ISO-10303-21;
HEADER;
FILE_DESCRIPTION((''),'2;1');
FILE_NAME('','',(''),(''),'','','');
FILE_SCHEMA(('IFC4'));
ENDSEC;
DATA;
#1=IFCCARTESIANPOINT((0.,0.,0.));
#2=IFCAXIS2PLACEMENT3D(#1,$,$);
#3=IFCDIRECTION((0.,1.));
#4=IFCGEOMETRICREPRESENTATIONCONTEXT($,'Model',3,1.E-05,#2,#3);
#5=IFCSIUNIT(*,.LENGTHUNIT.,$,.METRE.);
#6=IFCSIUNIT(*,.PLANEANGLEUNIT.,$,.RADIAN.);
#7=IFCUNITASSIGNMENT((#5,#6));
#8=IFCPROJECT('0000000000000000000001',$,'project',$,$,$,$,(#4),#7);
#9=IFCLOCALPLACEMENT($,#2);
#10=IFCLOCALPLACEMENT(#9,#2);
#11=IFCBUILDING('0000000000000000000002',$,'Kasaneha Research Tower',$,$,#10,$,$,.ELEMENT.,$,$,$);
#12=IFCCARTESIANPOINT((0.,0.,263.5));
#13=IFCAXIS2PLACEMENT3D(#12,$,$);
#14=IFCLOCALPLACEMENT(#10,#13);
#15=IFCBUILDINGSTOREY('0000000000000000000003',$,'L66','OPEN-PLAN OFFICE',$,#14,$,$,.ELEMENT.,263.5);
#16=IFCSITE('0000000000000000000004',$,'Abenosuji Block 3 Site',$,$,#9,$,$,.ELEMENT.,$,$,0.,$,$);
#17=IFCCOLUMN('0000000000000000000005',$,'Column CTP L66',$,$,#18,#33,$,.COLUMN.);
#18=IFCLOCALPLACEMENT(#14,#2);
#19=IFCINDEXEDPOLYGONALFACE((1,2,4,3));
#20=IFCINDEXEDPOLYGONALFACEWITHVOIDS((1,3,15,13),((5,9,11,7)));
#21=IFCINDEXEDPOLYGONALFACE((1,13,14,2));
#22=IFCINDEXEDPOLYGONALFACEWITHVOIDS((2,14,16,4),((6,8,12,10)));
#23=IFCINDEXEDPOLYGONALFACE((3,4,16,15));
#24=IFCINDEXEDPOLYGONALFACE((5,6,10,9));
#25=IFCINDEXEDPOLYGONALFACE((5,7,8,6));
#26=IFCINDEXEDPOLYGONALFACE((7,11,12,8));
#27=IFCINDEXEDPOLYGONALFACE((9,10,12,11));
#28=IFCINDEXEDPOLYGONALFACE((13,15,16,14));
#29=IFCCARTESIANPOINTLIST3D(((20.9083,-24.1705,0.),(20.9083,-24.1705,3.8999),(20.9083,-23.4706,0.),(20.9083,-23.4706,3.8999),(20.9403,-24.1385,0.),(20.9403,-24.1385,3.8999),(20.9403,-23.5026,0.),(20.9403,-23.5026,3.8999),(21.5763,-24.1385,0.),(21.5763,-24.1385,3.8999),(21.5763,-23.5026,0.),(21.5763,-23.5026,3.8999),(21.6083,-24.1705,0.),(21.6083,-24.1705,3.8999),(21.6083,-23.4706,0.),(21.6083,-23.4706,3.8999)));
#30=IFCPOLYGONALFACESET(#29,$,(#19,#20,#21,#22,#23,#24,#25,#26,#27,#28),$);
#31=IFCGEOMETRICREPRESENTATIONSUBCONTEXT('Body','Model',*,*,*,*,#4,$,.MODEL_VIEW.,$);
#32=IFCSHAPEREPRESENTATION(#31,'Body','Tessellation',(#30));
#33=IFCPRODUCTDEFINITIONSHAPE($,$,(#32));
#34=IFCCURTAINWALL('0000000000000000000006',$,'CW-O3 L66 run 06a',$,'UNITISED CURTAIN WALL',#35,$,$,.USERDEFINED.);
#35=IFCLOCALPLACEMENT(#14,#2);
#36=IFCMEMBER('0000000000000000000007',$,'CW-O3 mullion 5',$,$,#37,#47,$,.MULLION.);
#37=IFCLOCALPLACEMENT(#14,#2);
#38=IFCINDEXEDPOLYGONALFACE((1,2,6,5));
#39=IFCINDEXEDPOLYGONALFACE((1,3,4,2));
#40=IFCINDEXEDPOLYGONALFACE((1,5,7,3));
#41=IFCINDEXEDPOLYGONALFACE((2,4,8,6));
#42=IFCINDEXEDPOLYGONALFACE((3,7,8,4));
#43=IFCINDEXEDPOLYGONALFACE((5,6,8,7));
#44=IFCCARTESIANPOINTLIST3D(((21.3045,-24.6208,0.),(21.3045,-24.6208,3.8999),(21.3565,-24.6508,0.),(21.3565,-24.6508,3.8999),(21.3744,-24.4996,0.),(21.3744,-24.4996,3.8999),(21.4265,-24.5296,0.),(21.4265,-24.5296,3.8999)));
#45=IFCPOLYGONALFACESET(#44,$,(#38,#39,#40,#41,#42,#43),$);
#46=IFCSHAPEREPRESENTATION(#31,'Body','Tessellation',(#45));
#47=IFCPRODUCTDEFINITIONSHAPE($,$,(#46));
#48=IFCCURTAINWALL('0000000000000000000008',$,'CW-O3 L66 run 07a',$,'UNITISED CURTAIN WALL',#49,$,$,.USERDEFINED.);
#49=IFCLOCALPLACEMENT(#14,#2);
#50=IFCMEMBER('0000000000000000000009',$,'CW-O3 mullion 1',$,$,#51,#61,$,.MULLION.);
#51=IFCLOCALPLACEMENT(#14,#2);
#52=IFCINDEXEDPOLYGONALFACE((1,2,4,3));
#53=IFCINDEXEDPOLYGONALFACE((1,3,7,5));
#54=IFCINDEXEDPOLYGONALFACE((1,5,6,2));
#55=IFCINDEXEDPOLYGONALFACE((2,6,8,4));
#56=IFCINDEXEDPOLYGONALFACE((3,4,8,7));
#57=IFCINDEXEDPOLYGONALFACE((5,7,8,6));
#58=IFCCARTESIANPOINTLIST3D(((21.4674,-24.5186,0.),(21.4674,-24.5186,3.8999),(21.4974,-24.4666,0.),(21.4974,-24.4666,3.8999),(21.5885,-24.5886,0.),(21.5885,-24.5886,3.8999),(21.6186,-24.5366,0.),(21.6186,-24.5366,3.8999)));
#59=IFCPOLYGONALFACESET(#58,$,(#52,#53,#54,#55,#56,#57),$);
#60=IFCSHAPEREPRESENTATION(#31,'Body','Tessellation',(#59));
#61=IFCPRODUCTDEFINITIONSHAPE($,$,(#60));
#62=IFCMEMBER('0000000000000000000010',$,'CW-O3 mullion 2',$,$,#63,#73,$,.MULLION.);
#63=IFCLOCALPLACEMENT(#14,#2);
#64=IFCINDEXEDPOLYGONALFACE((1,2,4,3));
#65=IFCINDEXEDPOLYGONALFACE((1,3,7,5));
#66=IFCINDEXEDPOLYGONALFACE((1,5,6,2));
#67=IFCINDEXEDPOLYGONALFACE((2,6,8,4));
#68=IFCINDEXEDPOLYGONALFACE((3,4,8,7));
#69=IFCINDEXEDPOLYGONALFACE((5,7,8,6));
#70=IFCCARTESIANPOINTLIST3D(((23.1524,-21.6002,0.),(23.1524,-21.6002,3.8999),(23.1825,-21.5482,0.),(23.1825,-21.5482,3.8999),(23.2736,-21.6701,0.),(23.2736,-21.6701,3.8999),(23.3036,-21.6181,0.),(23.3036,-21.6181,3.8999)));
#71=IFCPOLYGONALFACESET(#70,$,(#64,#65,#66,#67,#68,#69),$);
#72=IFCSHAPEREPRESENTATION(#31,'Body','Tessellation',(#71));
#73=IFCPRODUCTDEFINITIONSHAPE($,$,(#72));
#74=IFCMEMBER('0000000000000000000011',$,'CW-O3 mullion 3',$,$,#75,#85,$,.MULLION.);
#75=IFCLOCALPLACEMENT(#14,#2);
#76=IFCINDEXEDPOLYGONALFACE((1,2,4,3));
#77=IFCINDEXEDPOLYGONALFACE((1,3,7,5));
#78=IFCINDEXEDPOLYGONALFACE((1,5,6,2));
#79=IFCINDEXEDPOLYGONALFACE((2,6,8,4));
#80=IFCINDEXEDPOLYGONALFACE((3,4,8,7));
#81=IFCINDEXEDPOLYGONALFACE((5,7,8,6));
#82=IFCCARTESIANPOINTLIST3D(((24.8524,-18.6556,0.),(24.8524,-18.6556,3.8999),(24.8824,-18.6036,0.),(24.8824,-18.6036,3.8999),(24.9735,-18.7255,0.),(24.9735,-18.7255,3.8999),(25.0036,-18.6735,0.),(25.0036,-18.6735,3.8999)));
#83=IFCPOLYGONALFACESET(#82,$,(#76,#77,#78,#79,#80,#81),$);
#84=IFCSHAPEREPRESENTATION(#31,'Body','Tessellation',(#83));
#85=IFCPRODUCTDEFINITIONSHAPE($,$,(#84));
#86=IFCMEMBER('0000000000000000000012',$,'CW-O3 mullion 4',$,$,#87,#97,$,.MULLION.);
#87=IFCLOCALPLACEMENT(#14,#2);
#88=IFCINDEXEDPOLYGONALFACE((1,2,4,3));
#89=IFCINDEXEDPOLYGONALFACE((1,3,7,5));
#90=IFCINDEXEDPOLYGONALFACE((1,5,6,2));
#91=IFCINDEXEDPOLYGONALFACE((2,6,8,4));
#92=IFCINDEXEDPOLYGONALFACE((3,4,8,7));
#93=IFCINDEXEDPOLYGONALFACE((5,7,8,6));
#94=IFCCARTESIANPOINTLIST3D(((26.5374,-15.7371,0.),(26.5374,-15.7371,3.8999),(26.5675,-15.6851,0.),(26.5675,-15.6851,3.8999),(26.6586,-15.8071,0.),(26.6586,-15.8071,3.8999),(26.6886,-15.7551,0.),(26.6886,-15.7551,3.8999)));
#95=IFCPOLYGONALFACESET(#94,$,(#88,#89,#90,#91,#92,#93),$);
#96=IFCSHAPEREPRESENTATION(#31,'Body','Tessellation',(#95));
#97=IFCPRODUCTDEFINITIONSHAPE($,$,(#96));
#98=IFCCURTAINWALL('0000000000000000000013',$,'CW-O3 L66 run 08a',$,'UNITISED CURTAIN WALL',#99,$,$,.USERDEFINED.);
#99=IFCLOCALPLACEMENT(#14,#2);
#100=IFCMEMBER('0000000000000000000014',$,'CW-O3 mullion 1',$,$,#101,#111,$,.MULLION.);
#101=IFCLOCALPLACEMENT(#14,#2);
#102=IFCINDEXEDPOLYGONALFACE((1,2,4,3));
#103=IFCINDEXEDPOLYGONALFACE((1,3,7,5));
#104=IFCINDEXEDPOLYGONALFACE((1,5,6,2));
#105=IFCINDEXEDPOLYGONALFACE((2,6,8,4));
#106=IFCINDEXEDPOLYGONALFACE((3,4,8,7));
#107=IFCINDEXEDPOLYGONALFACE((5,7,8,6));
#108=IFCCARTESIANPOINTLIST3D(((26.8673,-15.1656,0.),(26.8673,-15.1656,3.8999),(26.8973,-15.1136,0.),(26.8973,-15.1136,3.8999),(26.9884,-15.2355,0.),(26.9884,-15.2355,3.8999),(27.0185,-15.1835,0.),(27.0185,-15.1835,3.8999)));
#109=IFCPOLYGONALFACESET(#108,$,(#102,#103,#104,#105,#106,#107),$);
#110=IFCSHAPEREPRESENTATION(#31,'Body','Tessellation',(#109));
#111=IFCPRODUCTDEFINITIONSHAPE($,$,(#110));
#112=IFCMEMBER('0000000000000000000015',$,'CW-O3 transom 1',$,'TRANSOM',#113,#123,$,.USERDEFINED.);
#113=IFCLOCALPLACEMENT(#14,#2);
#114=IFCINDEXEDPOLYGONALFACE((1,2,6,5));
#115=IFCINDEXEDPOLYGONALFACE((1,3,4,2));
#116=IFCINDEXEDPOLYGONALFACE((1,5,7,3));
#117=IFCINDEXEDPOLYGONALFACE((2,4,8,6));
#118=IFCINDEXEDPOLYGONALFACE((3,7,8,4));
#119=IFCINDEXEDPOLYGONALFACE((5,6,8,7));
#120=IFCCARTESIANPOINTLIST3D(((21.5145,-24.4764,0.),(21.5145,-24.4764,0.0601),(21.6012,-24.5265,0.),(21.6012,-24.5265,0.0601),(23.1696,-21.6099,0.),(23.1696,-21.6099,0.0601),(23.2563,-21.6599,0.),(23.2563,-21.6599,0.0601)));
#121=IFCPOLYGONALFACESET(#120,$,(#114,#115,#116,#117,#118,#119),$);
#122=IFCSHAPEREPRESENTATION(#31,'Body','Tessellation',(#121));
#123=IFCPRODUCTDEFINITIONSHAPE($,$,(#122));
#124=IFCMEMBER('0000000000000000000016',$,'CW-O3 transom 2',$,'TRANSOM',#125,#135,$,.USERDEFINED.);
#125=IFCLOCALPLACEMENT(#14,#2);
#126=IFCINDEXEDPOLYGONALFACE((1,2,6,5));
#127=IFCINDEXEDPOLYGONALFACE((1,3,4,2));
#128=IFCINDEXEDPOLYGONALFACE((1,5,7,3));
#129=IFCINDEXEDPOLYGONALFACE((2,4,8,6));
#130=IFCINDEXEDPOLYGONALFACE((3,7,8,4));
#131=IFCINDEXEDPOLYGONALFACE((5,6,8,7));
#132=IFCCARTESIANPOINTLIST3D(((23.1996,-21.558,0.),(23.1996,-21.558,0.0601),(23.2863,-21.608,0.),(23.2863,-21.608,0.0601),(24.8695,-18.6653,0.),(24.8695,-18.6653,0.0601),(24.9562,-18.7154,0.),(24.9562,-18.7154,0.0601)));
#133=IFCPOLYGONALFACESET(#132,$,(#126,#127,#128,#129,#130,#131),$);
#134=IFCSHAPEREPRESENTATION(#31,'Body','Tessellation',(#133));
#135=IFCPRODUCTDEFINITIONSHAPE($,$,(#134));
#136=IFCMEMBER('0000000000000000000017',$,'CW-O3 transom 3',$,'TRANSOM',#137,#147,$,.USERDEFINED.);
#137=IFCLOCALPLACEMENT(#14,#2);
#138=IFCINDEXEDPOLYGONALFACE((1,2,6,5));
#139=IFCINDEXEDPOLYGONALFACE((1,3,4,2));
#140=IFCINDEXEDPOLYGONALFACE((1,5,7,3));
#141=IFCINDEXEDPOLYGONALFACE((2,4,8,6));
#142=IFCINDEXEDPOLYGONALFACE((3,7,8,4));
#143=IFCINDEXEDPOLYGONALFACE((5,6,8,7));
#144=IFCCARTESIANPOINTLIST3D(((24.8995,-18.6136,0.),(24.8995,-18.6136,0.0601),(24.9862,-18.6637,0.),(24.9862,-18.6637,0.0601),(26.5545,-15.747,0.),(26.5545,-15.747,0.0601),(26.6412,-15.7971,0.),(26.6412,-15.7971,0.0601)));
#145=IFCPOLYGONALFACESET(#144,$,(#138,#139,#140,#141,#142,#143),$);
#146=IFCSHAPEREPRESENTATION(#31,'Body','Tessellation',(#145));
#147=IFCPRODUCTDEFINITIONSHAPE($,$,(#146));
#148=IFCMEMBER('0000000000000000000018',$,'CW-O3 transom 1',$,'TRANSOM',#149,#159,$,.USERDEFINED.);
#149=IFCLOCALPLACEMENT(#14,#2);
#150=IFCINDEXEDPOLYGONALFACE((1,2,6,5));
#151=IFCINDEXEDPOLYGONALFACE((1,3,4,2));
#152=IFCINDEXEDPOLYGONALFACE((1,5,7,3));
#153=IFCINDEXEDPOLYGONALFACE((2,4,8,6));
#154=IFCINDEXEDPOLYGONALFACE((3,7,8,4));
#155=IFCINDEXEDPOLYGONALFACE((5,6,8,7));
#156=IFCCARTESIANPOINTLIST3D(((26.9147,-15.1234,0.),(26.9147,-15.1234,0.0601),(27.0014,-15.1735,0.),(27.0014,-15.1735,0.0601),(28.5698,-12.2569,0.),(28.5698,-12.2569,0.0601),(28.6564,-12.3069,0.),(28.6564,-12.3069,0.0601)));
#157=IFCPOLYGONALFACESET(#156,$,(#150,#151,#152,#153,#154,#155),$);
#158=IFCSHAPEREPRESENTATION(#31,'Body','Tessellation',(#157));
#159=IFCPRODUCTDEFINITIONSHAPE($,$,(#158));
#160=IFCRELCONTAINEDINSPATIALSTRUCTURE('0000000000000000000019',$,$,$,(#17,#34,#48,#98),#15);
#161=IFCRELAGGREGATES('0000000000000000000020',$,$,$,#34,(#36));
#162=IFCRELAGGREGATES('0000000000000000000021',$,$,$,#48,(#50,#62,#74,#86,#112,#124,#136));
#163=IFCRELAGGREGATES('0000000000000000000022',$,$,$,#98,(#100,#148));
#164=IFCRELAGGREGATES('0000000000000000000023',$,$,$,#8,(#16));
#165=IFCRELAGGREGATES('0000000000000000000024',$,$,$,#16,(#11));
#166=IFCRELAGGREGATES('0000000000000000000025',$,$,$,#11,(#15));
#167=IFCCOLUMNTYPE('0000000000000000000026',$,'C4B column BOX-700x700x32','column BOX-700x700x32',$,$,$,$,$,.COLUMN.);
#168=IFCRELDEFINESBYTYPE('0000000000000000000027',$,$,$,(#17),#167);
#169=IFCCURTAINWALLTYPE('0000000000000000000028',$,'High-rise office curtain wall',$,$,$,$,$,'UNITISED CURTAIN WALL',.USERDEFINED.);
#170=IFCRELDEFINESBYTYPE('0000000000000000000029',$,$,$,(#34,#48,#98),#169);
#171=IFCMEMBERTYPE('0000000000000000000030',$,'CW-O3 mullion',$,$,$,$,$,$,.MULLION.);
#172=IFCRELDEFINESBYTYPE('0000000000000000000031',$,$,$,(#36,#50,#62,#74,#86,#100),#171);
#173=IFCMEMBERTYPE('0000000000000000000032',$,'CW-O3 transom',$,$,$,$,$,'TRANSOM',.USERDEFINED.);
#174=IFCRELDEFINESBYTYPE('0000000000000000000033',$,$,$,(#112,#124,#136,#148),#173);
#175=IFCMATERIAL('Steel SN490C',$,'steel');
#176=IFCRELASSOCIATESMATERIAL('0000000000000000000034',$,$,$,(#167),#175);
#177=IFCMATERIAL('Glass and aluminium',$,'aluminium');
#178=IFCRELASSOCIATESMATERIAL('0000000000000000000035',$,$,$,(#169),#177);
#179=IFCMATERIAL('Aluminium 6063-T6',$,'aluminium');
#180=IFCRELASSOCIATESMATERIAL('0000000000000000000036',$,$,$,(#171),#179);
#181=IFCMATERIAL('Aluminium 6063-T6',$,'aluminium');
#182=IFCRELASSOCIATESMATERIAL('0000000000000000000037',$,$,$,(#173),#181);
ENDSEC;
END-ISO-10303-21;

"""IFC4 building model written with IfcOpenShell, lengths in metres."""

from ifc_helpers import new_model, si_unit, direction, frame, origin, origin_2d, place, context, subcontext, project, spatial, rectangle, hollow_rectangle, extrude, material, material_profile, profile_set, type_object, element, aggregate, save


model = new_model("IFC4")

# Units and contexts
model_context = context("Model", 3, precision=1e-05, world=origin(), true_north=direction((0.0, 1.0)))
body_context = subcontext(model_context, "Body", "Model", "MODEL_VIEW")
ifc_project = project(units=[si_unit("LENGTHUNIT", "METRE"), si_unit("PLANEANGLEUNIT", "RADIAN")], contexts=[model_context])

# Site, building, storey
site_placement = place(None, origin())
site = spatial("IfcSite", under=ifc_project, at=site_placement, Name="Abenosuji Block 3 Site", CompositionType="ELEMENT", RefElevation=0.0)
building_placement = place(site_placement, origin())
building = spatial("IfcBuilding", under=site, at=building_placement, Name="Kasaneha Research Tower", CompositionType="ELEMENT")
storey_placement = place(building_placement, frame((0.0, 0.0, 263.5)))
storey = spatial("IfcBuildingStorey", under=building, at=storey_placement, Name="L66", Description="OPEN-PLAN OFFICE", CompositionType="ELEMENT", Elevation=263.5)

# Column
ifc_material_1 = material(Name="Steel SN490C", Category="steel")
ifc_material_profile_1 = material_profile(ifc_material_1, hollow_rectangle(XDim=0.7, YDim=0.7, WallThickness=0.032, at=origin_2d()), Name="BOX-700x700x32")
ifc_profile_set_1 = profile_set([ifc_material_profile_1], Name="Steel SN490C")
column_type = type_object("IfcColumnType", Name="C4B column BOX-700x700x32", Description="column BOX-700x700x32", PredefinedType="COLUMN", material=ifc_profile_set_1)
column_placement = place(storey_placement, frame((21.2583, -23.8206, 0.0), z_axis=(0.0, 0.0, 1.0), x_axis=(1.0, 0.0, 0.0)))
element("IfcColumn", 1, at=column_placement, inside=storey, type_object=column_type, Name="Column CTP L66", PredefinedType="COLUMN", context=body_context, shape_type="SweptSolid", body=[
    extrude(hollow_rectangle(XDim=0.7, YDim=0.7, WallThickness=0.032, at=origin_2d()), origin(), (0.0, 0.0, 1.0), 3.8999),
])

# Curtain wall, member
ifc_material_2 = material(Name="Glass and aluminium", Category="aluminium")
curtain_wall_type = type_object("IfcCurtainWallType", Name="High-rise office curtain wall", ElementType="UNITISED CURTAIN WALL", PredefinedType="USERDEFINED", material=ifc_material_2)
curtain_wall_1_placement = place(storey_placement, origin())
curtain_wall_1 = element("IfcCurtainWall", 2, at=curtain_wall_1_placement, inside=storey, type_object=curtain_wall_type, Name="CW-O3 L66 run 06a", ObjectType="UNITISED CURTAIN WALL", PredefinedType="USERDEFINED")
ifc_material_3 = material(Name="Aluminium 6063-T6", Category="aluminium")
ifc_material_profile_2 = material_profile(ifc_material_3, rectangle(XDim=0.0601, YDim=0.1399, at=origin_2d()), Name="CW-O3 mullion 60x140")
ifc_profile_set_2 = profile_set([ifc_material_profile_2], Name="Aluminium 6063-T6")
member_type_1 = type_object("IfcMemberType", Name="CW-O3 mullion", PredefinedType="MULLION", material=ifc_profile_set_2)
member_1_placement = place(storey_placement, frame((21.3655, -24.5752, 0.0), z_axis=(0.0, 0.0, 1.0), x_axis=(0.866025, -0.5, 0.0)))
member_1 = element("IfcMember", 3, at=member_1_placement, type_object=member_type_1, Name="CW-O3 mullion 5", PredefinedType="MULLION", context=body_context, shape_type="SweptSolid", body=[
    extrude(rectangle(XDim=0.0601, YDim=0.1399, at=origin_2d()), origin(), (0.0, 0.0, 1.0), 3.8999),
])

# Curtain wall, members
curtain_wall_2_placement = place(storey_placement, origin())
curtain_wall_2 = element("IfcCurtainWall", 4, at=curtain_wall_2_placement, inside=storey, type_object=curtain_wall_type, Name="CW-O3 L66 run 07a", ObjectType="UNITISED CURTAIN WALL", PredefinedType="USERDEFINED")
member_2_placement = place(storey_placement, frame((21.543, -24.5276, 0.0), z_axis=(0.0, 0.0, 1.0), x_axis=(0.5, 0.866025, 0.0)))
member_2 = element("IfcMember", 5, at=member_2_placement, type_object=member_type_1, Name="CW-O3 mullion 1", PredefinedType="MULLION", context=body_context, shape_type="SweptSolid", body=[
    extrude(rectangle(XDim=0.0601, YDim=0.1399, at=origin_2d()), origin(), (0.0, 0.0, 1.0), 3.8999),
])
member_3_placement = place(storey_placement, frame((23.228, -21.6091, 0.0), z_axis=(0.0, 0.0, 1.0), x_axis=(0.5, 0.866025, 0.0)))
member_3 = element("IfcMember", 6, at=member_3_placement, type_object=member_type_1, Name="CW-O3 mullion 2", PredefinedType="MULLION", context=body_context, shape_type="SweptSolid", body=[
    extrude(rectangle(XDim=0.0601, YDim=0.1399, at=origin_2d()), origin(), (0.0, 0.0, 1.0), 3.8999),
])
member_4_placement = place(storey_placement, frame((24.928, -18.6646, 0.0), z_axis=(0.0, 0.0, 1.0), x_axis=(0.5, 0.866025, 0.0)))
member_4 = element("IfcMember", 7, at=member_4_placement, type_object=member_type_1, Name="CW-O3 mullion 3", PredefinedType="MULLION", context=body_context, shape_type="SweptSolid", body=[
    extrude(rectangle(XDim=0.0601, YDim=0.1399, at=origin_2d()), origin(), (0.0, 0.0, 1.0), 3.8999),
])
member_5_placement = place(storey_placement, frame((26.613, -15.7461, 0.0), z_axis=(0.0, 0.0, 1.0), x_axis=(0.5, 0.866025, 0.0)))
member_5 = element("IfcMember", 8, at=member_5_placement, type_object=member_type_1, Name="CW-O3 mullion 4", PredefinedType="MULLION", context=body_context, shape_type="SweptSolid", body=[
    extrude(rectangle(XDim=0.0601, YDim=0.1399, at=origin_2d()), origin(), (0.0, 0.0, 1.0), 3.8999),
])

# Curtain wall, member
curtain_wall_3_placement = place(storey_placement, origin())
curtain_wall_3 = element("IfcCurtainWall", 9, at=curtain_wall_3_placement, inside=storey, type_object=curtain_wall_type, Name="CW-O3 L66 run 08a", ObjectType="UNITISED CURTAIN WALL", PredefinedType="USERDEFINED")
member_6_placement = place(storey_placement, frame((26.9429, -15.1746, 0.0), z_axis=(0.0, 0.0, 1.0), x_axis=(0.5, 0.866025, 0.0)))
member_6 = element("IfcMember", 10, at=member_6_placement, type_object=member_type_1, Name="CW-O3 mullion 1", PredefinedType="MULLION", context=body_context, shape_type="SweptSolid", body=[
    extrude(rectangle(XDim=0.0601, YDim=0.1399, at=origin_2d()), origin(), (0.0, 0.0, 1.0), 3.8999),
])

# Members
ifc_material_4 = material(Name="Aluminium 6063-T6", Category="aluminium")
ifc_material_profile_3 = material_profile(ifc_material_4, rectangle(XDim=0.1001, YDim=0.0601, at=origin_2d()), Name="CW-O3 transom 100x60")
ifc_profile_set_3 = profile_set([ifc_material_profile_3], Name="Aluminium 6063-T6")
member_type_2 = type_object("IfcMemberType", Name="CW-O3 transom", ElementType="TRANSOM", PredefinedType="USERDEFINED", material=ifc_profile_set_3)
member_7_placement = place(storey_placement, frame((21.5579, -24.5015, 0.03), z_axis=(0.500018, 0.866015, 0.0), x_axis=(-0.866015, 0.500018, 0.0)))
member_7 = element("IfcMember", 11, at=member_7_placement, type_object=member_type_2, Name="CW-O3 transom 1", ObjectType="TRANSOM", PredefinedType="USERDEFINED", context=body_context, shape_type="SweptSolid", body=[
    extrude(rectangle(XDim=0.1001, YDim=0.0601, at=origin_2d()), origin(), (0.0, 0.0, 1.0), 3.3101),
])
member_8_placement = place(storey_placement, frame((23.2429, -21.583, 0.03), z_axis=(0.499976, 0.86604, 0.0), x_axis=(-0.86604, 0.499976, 0.0)))
member_8 = element("IfcMember", 12, at=member_8_placement, type_object=member_type_2, Name="CW-O3 transom 2", ObjectType="TRANSOM", PredefinedType="USERDEFINED", context=body_context, shape_type="SweptSolid", body=[
    extrude(rectangle(XDim=0.1001, YDim=0.0601, at=origin_2d()), origin(), (0.0, 0.0, 1.0), 3.3401),
])
member_9_placement = place(storey_placement, frame((24.9429, -18.6387, 0.03), z_axis=(0.499986, 0.866033, 0.0), x_axis=(-0.866033, 0.499986, 0.0)))
member_9 = element("IfcMember", 13, at=member_9_placement, type_object=member_type_2, Name="CW-O3 transom 3", ObjectType="TRANSOM", PredefinedType="USERDEFINED", context=body_context, shape_type="SweptSolid", body=[
    extrude(rectangle(XDim=0.1001, YDim=0.0601, at=origin_2d()), origin(), (0.0, 0.0, 1.0), 3.3101),
])
member_10_placement = place(storey_placement, frame((26.958, -15.1484, 0.03), z_axis=(0.500018, 0.866015, 0.0), x_axis=(-0.866015, 0.500018, 0.0)))
member_10 = element("IfcMember", 14, at=member_10_placement, type_object=member_type_2, Name="CW-O3 transom 1", ObjectType="TRANSOM", PredefinedType="USERDEFINED", context=body_context, shape_type="SweptSolid", body=[
    extrude(rectangle(XDim=0.1001, YDim=0.0601, at=origin_2d()), origin(), (0.0, 0.0, 1.0), 3.3101),
])

aggregate(curtain_wall_1, [member_1])
aggregate(curtain_wall_2, [member_2, member_3, member_4, member_5, member_7, member_8, member_9])
aggregate(curtain_wall_3, [member_6, member_10])

save(model, "model.ifc")
